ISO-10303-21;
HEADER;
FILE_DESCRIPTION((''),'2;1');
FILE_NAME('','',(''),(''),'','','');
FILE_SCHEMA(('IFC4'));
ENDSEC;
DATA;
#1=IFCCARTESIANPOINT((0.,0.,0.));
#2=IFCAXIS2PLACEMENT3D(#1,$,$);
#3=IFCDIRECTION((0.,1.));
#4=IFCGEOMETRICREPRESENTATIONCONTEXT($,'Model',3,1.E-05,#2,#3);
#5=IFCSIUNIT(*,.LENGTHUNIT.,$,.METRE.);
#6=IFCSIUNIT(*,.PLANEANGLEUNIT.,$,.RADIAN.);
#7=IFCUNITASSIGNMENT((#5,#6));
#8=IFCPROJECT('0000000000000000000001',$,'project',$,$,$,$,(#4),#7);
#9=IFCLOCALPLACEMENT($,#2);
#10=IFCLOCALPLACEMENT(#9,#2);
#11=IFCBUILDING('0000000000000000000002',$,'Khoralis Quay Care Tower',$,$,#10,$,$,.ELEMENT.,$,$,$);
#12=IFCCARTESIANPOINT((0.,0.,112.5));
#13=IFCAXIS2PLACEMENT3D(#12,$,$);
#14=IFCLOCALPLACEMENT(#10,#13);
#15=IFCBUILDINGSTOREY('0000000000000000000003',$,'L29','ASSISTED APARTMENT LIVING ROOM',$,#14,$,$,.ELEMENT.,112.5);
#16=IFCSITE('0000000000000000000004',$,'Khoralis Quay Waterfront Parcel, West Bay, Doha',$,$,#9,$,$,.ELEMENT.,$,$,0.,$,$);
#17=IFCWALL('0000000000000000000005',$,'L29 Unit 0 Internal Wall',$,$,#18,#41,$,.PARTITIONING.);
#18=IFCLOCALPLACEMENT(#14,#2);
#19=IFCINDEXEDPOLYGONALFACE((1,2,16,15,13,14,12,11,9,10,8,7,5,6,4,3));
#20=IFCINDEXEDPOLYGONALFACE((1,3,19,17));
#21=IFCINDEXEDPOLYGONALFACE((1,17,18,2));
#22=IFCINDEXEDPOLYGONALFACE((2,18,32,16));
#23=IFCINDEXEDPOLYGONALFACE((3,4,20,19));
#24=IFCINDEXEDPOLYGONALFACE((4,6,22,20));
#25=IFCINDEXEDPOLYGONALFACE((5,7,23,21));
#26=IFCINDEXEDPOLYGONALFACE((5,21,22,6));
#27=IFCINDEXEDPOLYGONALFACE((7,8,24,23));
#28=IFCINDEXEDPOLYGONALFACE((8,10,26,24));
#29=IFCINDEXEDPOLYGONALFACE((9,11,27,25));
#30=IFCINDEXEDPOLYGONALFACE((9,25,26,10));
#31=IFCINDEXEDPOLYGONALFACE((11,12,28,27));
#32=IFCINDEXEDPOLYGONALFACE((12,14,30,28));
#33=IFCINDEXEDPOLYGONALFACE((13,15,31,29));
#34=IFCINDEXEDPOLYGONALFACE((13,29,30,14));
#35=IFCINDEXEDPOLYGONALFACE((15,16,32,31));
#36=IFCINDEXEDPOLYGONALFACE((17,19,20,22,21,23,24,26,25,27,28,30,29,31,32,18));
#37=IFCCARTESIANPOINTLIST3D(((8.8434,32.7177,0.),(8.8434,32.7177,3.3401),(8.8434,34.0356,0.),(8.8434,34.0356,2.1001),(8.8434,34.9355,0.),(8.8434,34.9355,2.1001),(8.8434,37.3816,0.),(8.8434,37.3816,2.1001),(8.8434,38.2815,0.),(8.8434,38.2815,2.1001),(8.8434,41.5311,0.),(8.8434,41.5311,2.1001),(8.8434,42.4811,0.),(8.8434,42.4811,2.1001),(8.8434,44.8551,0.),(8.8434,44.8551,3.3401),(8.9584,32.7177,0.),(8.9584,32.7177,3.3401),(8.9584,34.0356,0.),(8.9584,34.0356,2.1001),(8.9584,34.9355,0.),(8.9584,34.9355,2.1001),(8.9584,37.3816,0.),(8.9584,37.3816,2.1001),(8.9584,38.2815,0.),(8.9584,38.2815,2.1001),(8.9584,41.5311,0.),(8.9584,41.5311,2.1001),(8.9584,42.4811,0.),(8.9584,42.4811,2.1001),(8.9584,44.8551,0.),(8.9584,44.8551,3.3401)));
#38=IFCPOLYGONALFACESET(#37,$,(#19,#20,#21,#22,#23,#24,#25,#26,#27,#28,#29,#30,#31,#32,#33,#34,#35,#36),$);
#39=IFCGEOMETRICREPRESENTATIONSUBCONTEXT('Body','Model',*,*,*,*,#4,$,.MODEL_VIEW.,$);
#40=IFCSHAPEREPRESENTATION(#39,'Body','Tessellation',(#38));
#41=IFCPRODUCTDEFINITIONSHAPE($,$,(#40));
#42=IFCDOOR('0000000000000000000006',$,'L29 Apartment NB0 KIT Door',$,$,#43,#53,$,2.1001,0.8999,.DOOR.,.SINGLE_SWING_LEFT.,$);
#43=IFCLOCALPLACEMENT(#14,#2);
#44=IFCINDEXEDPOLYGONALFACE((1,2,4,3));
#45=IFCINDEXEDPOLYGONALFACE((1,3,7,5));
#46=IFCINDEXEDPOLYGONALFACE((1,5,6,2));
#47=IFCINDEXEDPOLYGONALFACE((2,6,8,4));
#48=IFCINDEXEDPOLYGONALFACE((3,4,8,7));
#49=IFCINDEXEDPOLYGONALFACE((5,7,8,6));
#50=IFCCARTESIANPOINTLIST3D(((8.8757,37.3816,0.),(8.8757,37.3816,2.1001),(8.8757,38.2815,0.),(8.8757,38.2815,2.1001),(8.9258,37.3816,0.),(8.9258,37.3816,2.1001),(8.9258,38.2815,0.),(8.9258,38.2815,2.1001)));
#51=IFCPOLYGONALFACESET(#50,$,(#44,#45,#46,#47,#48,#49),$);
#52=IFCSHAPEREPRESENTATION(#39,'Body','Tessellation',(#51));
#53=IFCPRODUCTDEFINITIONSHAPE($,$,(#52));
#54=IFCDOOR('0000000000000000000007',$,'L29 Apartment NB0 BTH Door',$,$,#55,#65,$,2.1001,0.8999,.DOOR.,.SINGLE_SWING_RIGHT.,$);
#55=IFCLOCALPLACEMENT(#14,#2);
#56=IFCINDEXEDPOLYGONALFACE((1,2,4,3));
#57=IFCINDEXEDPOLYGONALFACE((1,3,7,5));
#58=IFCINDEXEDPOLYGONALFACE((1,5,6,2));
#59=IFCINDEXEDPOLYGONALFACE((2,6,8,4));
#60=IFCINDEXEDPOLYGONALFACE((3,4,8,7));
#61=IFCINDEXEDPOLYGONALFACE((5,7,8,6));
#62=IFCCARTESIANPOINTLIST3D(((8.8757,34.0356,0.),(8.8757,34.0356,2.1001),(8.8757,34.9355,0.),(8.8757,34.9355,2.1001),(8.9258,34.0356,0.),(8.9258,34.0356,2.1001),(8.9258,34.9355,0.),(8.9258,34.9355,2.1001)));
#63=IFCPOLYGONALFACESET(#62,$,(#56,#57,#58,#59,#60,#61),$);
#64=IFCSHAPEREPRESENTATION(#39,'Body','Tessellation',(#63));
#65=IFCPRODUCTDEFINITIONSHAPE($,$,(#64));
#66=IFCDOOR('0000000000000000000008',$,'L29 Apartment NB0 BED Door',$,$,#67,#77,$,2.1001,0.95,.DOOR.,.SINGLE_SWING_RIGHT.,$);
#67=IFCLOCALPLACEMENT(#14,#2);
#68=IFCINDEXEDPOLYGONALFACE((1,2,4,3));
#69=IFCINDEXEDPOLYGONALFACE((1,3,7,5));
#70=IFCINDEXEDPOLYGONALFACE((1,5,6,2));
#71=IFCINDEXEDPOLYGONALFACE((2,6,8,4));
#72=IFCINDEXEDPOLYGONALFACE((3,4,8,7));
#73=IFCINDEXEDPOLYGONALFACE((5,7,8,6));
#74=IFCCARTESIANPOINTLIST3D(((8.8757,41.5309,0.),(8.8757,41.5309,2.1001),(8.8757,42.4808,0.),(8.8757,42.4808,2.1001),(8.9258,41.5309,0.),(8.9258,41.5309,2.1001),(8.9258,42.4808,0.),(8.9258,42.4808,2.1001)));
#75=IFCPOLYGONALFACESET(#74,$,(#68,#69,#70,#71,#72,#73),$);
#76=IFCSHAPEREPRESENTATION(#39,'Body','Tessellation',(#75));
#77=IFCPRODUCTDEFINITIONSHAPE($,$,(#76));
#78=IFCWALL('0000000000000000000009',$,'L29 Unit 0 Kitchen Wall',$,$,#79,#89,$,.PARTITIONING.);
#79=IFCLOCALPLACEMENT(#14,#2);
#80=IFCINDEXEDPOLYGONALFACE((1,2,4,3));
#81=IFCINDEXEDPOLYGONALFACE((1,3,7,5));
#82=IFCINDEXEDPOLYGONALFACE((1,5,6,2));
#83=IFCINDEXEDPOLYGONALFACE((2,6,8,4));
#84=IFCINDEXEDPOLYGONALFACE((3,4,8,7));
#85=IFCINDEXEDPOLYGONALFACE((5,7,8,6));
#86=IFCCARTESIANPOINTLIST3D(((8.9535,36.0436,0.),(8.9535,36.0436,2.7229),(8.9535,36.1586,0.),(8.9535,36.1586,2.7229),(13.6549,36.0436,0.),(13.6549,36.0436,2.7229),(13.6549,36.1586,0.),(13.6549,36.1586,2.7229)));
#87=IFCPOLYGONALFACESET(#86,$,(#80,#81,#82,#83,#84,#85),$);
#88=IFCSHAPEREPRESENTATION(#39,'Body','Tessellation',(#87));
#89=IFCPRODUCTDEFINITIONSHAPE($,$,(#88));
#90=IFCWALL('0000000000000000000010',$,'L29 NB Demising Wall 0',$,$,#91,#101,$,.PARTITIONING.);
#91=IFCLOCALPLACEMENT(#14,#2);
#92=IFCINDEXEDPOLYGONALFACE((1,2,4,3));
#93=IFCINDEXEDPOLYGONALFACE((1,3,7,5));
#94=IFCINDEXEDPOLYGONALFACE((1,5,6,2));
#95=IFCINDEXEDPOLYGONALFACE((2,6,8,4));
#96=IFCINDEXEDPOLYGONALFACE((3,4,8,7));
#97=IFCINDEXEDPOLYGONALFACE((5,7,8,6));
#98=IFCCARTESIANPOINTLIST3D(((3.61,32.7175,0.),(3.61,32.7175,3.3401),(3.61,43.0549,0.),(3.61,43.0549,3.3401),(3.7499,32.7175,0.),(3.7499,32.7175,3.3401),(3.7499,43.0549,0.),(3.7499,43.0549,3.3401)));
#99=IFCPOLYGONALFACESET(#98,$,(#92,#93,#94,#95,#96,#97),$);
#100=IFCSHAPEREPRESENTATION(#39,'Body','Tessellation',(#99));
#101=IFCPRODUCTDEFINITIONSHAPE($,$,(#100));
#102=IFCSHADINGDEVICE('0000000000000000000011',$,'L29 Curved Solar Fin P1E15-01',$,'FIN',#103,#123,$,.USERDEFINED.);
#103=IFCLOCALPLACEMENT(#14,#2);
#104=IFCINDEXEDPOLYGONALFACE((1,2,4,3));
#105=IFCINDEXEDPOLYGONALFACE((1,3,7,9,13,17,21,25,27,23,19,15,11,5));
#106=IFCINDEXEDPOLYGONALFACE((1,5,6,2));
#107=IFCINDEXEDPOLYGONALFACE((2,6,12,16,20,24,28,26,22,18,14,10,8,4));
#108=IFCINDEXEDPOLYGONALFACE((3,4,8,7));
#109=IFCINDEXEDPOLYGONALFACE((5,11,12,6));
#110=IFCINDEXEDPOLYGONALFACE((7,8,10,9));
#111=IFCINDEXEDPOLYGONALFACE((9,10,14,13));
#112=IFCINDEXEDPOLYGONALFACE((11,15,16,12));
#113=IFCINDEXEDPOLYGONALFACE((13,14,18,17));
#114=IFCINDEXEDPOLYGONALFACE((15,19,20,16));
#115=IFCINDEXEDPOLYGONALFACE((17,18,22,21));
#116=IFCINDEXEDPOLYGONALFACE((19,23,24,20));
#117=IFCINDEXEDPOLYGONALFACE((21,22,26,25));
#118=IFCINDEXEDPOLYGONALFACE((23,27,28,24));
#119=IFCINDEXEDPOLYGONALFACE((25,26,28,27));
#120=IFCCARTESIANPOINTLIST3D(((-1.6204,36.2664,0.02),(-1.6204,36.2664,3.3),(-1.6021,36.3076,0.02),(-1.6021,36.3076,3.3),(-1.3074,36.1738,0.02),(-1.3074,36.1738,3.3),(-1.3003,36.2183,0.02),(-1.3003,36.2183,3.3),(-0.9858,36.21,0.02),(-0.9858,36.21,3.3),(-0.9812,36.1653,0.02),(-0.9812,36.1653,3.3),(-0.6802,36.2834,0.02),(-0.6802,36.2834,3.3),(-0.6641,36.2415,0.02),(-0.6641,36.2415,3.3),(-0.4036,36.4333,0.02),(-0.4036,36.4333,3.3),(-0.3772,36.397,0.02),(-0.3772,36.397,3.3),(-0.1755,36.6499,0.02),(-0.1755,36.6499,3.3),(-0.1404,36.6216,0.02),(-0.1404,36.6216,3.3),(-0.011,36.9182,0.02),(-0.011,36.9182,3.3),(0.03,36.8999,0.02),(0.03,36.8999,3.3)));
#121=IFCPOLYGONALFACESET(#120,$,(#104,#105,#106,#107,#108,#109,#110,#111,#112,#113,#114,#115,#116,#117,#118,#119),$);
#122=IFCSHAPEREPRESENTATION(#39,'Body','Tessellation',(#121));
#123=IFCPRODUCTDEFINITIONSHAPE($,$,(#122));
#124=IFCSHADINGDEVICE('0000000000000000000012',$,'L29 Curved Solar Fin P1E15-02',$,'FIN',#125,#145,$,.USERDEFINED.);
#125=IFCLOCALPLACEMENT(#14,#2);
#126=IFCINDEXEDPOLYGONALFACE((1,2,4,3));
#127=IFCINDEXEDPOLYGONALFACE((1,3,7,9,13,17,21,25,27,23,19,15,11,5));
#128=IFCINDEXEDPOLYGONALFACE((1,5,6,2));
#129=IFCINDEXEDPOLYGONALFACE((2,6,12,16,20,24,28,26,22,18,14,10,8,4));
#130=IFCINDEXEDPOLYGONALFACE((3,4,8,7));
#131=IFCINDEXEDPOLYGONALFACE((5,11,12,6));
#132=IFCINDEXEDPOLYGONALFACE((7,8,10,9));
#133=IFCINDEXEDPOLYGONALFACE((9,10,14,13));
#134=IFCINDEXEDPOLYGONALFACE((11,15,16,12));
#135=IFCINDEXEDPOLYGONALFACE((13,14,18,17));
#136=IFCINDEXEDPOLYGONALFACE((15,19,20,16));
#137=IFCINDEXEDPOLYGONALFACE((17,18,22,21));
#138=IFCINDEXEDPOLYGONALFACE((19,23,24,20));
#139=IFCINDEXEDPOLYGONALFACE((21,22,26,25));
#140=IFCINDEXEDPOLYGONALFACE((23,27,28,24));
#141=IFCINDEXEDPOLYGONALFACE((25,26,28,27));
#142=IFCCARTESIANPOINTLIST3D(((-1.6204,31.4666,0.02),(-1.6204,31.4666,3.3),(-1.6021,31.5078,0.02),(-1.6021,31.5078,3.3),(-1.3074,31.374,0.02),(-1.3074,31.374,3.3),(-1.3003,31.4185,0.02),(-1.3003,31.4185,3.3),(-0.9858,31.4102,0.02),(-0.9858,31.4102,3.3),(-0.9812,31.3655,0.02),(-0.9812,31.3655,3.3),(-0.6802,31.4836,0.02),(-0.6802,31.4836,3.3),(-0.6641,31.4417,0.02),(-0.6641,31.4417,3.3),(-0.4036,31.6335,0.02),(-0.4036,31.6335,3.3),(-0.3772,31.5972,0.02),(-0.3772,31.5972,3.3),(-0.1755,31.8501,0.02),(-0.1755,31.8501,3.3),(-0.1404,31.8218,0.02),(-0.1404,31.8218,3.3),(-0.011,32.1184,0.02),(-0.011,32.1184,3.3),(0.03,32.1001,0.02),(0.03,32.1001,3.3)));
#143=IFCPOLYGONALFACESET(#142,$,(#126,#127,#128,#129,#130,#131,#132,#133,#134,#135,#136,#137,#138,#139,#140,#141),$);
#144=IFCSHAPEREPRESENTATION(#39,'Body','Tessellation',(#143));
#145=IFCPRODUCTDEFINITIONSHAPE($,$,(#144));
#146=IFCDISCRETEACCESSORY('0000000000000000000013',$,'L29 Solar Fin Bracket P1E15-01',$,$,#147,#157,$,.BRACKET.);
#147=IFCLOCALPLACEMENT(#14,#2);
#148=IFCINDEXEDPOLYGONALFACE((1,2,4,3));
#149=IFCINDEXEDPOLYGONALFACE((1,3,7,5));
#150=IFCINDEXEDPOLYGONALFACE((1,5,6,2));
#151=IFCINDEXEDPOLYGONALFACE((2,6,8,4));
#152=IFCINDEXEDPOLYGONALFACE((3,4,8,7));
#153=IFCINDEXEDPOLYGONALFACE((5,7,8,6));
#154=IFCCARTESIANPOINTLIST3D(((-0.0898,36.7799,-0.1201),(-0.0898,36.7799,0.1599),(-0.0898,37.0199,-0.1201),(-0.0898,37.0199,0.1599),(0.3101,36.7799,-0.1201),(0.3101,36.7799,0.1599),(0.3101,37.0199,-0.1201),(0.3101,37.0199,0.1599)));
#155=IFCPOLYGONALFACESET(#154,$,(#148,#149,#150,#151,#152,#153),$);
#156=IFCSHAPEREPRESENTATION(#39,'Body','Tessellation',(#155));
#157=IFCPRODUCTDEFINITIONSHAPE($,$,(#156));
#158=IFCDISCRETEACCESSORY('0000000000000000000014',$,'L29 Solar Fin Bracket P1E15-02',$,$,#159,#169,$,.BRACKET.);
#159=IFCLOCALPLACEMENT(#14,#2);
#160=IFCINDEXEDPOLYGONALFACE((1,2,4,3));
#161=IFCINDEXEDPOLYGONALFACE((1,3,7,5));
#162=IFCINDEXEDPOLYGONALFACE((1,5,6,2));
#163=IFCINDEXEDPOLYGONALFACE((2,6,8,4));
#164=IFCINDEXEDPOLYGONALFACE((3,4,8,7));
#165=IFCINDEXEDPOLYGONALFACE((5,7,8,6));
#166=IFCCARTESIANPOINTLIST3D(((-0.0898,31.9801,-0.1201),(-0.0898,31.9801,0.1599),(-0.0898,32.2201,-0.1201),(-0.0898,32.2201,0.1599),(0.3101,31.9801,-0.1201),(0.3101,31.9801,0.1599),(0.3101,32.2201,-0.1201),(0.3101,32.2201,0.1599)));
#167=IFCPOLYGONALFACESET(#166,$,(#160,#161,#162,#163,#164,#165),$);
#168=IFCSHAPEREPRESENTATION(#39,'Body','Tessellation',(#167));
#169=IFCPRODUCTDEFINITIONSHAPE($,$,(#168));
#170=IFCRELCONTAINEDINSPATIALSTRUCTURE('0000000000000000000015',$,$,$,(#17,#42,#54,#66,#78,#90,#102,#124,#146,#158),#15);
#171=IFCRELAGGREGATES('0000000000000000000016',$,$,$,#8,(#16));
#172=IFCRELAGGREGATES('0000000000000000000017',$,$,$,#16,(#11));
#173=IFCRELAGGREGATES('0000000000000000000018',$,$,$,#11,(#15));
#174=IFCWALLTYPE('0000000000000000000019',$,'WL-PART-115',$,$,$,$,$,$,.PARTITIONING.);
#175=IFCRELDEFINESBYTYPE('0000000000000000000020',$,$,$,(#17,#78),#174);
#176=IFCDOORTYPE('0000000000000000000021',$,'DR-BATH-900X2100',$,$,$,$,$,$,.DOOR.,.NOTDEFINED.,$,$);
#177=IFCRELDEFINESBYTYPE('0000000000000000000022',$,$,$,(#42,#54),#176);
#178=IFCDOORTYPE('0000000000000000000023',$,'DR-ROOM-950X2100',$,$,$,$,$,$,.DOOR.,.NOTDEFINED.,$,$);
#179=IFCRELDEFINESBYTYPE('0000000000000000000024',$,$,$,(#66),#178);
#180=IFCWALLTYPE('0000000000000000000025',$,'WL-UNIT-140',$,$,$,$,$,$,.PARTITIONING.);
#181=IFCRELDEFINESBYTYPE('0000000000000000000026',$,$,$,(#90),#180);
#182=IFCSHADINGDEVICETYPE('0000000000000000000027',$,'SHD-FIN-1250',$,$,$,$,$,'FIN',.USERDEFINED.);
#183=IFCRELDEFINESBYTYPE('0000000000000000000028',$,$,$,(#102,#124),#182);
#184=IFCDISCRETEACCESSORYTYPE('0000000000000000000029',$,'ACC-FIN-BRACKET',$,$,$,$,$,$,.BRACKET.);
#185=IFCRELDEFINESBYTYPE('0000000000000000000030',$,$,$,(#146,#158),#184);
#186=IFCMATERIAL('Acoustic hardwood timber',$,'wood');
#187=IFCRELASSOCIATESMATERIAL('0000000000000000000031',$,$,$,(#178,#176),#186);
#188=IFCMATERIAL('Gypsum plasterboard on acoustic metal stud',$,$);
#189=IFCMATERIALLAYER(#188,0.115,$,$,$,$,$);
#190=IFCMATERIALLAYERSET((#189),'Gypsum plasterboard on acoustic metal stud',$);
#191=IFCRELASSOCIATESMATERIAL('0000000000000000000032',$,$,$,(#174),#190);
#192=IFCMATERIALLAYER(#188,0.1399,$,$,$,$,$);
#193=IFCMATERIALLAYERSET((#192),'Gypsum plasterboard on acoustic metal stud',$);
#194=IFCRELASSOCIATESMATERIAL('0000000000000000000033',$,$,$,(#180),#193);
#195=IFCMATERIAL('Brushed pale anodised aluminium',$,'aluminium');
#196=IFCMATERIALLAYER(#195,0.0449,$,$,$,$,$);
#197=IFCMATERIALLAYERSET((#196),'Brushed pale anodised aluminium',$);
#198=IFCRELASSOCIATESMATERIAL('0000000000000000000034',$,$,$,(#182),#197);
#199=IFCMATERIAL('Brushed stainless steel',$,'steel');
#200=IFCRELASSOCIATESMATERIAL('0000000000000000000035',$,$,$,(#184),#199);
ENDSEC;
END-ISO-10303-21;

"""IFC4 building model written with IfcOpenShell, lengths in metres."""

from ifc_helpers import new_model, si_unit, direction, frame, frame_2d, origin, origin_2d, place, context, subcontext, project, spatial, polyline, rectangle, outline, extrude, source, transform, mapped, material, layer, layer_set, type_object, element, fill, save


model = new_model("IFC4")

# Units and contexts
model_context = context("Model", 3, precision=1e-05, world=origin(), true_north=direction((0.0, 1.0)))
body_context = subcontext(model_context, "Body", "Model", "MODEL_VIEW")
ifc_project = project(units=[si_unit("LENGTHUNIT", "METRE"), si_unit("PLANEANGLEUNIT", "RADIAN")], contexts=[model_context])

# Site, building, storey
site_placement = place(None, origin())
site = spatial("IfcSite", under=ifc_project, at=site_placement, Name="Khoralis Quay Waterfront Parcel, West Bay, Doha", CompositionType="ELEMENT", RefElevation=0.0)
building_placement = place(site_placement, origin())
building = spatial("IfcBuilding", under=site, at=building_placement, Name="Khoralis Quay Care Tower", CompositionType="ELEMENT")
storey_placement = place(building_placement, frame((0.0, 0.0, 112.5)))
storey = spatial("IfcBuildingStorey", under=building, at=storey_placement, Name="L29", Description="ASSISTED APARTMENT LIVING ROOM", CompositionType="ELEMENT", Elevation=112.5)

# Wall, openings, doors
ifc_material_1 = material(Name="Gypsum plasterboard on acoustic metal stud")
ifc_material_2 = material(Name="Acoustic hardwood timber", Category="wood")
door_type_1 = type_object("IfcDoorType", Name="DR-ROOM-950X2100", OperationType="NOTDEFINED", PredefinedType="DOOR", material=ifc_material_2)
shared_shape_1 = source(origin(), body_context, "Body", "SweptSolid", [
    extrude(rectangle(XDim=0.95, YDim=2.1001, at=frame_2d((0.4751, 1.05))), frame((0.0, 0.0249, 0.0), z_axis=(0.0, -1.0, 0.0), x_axis=(1.0, 0.0, 0.0)), (0.0, 0.0, 1.0), 0.05),
])
ifc_layer_1 = layer(ifc_material_1, 0.115)
ifc_layer_set_1 = layer_set([ifc_layer_1], Name="Gypsum plasterboard on acoustic metal stud")
wall_type_1 = type_object("IfcWallType", Name="WL-PART-115", PredefinedType="PARTITIONING", material=ifc_layer_set_1)
wall_1_placement = place(storey_placement, frame((8.9009, 32.7175, 0.0), z_axis=(0.0, 0.0, 1.0), x_axis=(0.0, 1.0, 0.0)))
wall_1 = element("IfcWall", 1, at=wall_1_placement, inside=storey, type_object=wall_type_1, Name="L29 Unit 0 Internal Wall", PredefinedType="PARTITIONING", context=body_context, shape_type="SweptSolid", body=[
    extrude(rectangle(XDim=12.1375, YDim=0.115, at=frame_2d((6.0688, 0.0))), origin(), (0.0, 0.0, 1.0), 3.3401),
])
opening_1_placement = place(wall_1_placement, frame((8.8135, 0.0, 0.0)))
opening_1 = element("IfcOpeningElement", 2, at=opening_1_placement, cuts=wall_1, PredefinedType="OPENING", context=body_context, shape_type="SweptSolid", body=[
    extrude(rectangle(XDim=0.95, YDim=2.1001, at=frame_2d((0.4751, 1.05))), frame((0.0, 0.0674, 0.0), z_axis=(0.0, -1.0, 0.0), x_axis=(1.0, 0.0, 0.0)), (0.0, 0.0, 1.0), 0.135),
])
opening_2_placement = place(wall_1_placement, frame((4.6641, 0.0, 0.0)))
opening_2 = element("IfcOpeningElement", 3, at=opening_2_placement, cuts=wall_1, PredefinedType="OPENING", context=body_context, shape_type="SweptSolid", body=[
    extrude(rectangle(XDim=0.8999, YDim=2.1001, at=frame_2d((0.45, 1.05))), frame((0.0, 0.0674, 0.0), z_axis=(0.0, -1.0, 0.0), x_axis=(1.0, 0.0, 0.0)), (0.0, 0.0, 1.0), 0.135),
])
opening_3_placement = place(wall_1_placement, frame((1.3181, 0.0, 0.0)))
opening_3 = element("IfcOpeningElement", 4, at=opening_3_placement, cuts=wall_1, PredefinedType="OPENING", context=body_context, shape_type="SweptSolid", body=[
    extrude(rectangle(XDim=0.8999, YDim=2.1001, at=frame_2d((0.45, 1.05))), frame((0.0, 0.0674, 0.0), z_axis=(0.0, -1.0, 0.0), x_axis=(1.0, 0.0, 0.0)), (0.0, 0.0, 1.0), 0.135),
])
door_type_2 = type_object("IfcDoorType", Name="DR-BATH-900X2100", OperationType="NOTDEFINED", PredefinedType="DOOR", material=ifc_material_2)
shared_shape_2 = source(origin(), body_context, "Body", "SweptSolid", [
    extrude(rectangle(XDim=0.8999, YDim=2.1001, at=frame_2d((0.45, 1.05))), frame((0.0, 0.0249, 0.0), z_axis=(0.0, -1.0, 0.0), x_axis=(1.0, 0.0, 0.0)), (0.0, 0.0, 1.0), 0.05),
])
door_1_placement = place(opening_2_placement, frame((0.8999, 0.0, 0.0), z_axis=(0.0, 0.0, 1.0), x_axis=(-1.0, 0.0, 0.0)))
door_1 = element("IfcDoor", 5, at=door_1_placement, inside=storey, type_object=door_type_2, Name="L29 Apartment NB0 KIT Door", OperationType="SINGLE_SWING_LEFT", OverallHeight=2.1001, OverallWidth=0.8999, PredefinedType="DOOR", context=body_context, shape_type="MappedRepresentation", body=[
    mapped(shared_shape_2, transform((0.0, 0.0, 0.0), scale=1.0)),
])
fill(opening_2, door_1)
door_2_placement = place(opening_3_placement, frame((0.8999, 0.0, 0.0), z_axis=(0.0, 0.0, 1.0), x_axis=(-1.0, 0.0, 0.0)))
door_2 = element("IfcDoor", 6, at=door_2_placement, inside=storey, type_object=door_type_2, Name="L29 Apartment NB0 BTH Door", OperationType="SINGLE_SWING_RIGHT", OverallHeight=2.1001, OverallWidth=0.8999, PredefinedType="DOOR", context=body_context, shape_type="MappedRepresentation", body=[
    mapped(shared_shape_2, transform((0.0, 0.0, 0.0), scale=1.0)),
])
fill(opening_3, door_2)
door_3_placement = place(opening_1_placement, frame((0.95, 0.0, 0.0), z_axis=(0.0, 0.0, 1.0), x_axis=(-1.0, 0.0, 0.0)))
door_3 = element("IfcDoor", 7, at=door_3_placement, inside=storey, type_object=door_type_1, Name="L29 Apartment NB0 BED Door", OperationType="SINGLE_SWING_RIGHT", OverallHeight=2.1001, OverallWidth=0.95, PredefinedType="DOOR", context=body_context, shape_type="MappedRepresentation", body=[
    mapped(shared_shape_1, transform((0.0, 0.0, 0.0), scale=1.0)),
])
fill(opening_1, door_3)

# Walls
wall_2_placement = place(storey_placement, frame((8.9536, 36.1011, 0.0), z_axis=(0.0, 0.0, 1.0), x_axis=(1.0, 0.0, 0.0)))
element("IfcWall", 8, at=wall_2_placement, inside=storey, type_object=wall_type_1, Name="L29 Unit 0 Kitchen Wall", PredefinedType="PARTITIONING", context=body_context, shape_type="SweptSolid", body=[
    extrude(rectangle(XDim=4.7014, YDim=0.115, at=frame_2d((2.3506, 0.0))), origin(), (0.0, 0.0, 1.0), 2.7229),
])
ifc_layer_2 = layer(ifc_material_1, 0.1399)
ifc_layer_set_2 = layer_set([ifc_layer_2], Name="Gypsum plasterboard on acoustic metal stud")
wall_type_2 = type_object("IfcWallType", Name="WL-UNIT-140", PredefinedType="PARTITIONING", material=ifc_layer_set_2)
wall_3_placement = place(storey_placement, frame((3.6799, 32.7175, 0.0), z_axis=(0.0, 0.0, 1.0), x_axis=(0.0, 1.0, 0.0)))
element("IfcWall", 9, at=wall_3_placement, inside=storey, type_object=wall_type_2, Name="L29 NB Demising Wall 0", PredefinedType="PARTITIONING", context=body_context, shape_type="SweptSolid", body=[
    extrude(rectangle(XDim=10.3374, YDim=0.1399, at=frame_2d((5.1687, 0.0))), origin(), (0.0, 0.0, 1.0), 3.3401),
])

# Shading devices
ifc_material_3 = material(Name="Brushed pale anodised aluminium", Category="aluminium")
ifc_layer_3 = layer(ifc_material_3, 0.0449)
ifc_layer_set_3 = layer_set([ifc_layer_3], Name="Brushed pale anodised aluminium")
shading_device_type = type_object("IfcShadingDeviceType", Name="SHD-FIN-1250", ElementType="FIN", PredefinedType="USERDEFINED", material=ifc_layer_set_3)
shared_shape_3 = source(origin(), body_context, "Body", "SweptSolid", [
    extrude(outline(polyline([(0.0, 0.0), (0.1704, 0.2783), (0.4072, 0.5029), (0.6941, 0.6584), (1.0112, 0.7346), (1.3374, 0.7261), (1.6504, 0.6335), (1.6321, 0.5923), (1.3303, 0.6816), (1.0159, 0.6899), (0.7102, 0.6165), (0.4336, 0.4666), (0.2056, 0.25), (0.041, -0.0183), (0.0, 0.0)])), origin(), (0.0, 0.0, 1.0), 3.28),
])
for number, where, z_axis, x_axis, name in (
    (10, (0.03, 36.8999, 0.02), (0.0, 0.0, 1.0), (-1.0, 0.0, 0.0), "L29 Curved Solar Fin P1E15-01"),
    (11, (0.03, 32.1001, 0.02), (0.0, 0.0, 1.0), (-1.0, 0.0, 0.0), "L29 Curved Solar Fin P1E15-02"),
):
    element("IfcShadingDevice", number, at=place(storey_placement, frame(where, z_axis=z_axis, x_axis=x_axis)), inside=storey, type_object=shading_device_type, Name=name, ObjectType="FIN", PredefinedType="USERDEFINED", context=body_context, shape_type="MappedRepresentation", body=[
        mapped(shared_shape_3, transform((0.0, 0.0, 0.0), scale=1.0)),
    ])

# Discrete accessories
ifc_material_4 = material(Name="Brushed stainless steel", Category="steel")
discrete_accessory_type = type_object("IfcDiscreteAccessoryType", Name="ACC-FIN-BRACKET", PredefinedType="BRACKET", material=ifc_material_4)
shared_shape_4 = source(origin(), body_context, "Body", "SweptSolid", [
    extrude(rectangle(XDim=0.3999, YDim=0.24, at=origin_2d()), origin(), (0.0, 0.0, 1.0), 0.28),
])
for number, where, z_axis, x_axis, name in (
    (12, (0.1101, 36.8999, -0.1201), (0.0, 0.0, 1.0), (-1.0, 0.0, 0.0), "L29 Solar Fin Bracket P1E15-01"),
    (13, (0.1101, 32.1001, -0.1201), (0.0, 0.0, 1.0), (-1.0, 0.0, 0.0), "L29 Solar Fin Bracket P1E15-02"),
):
    element("IfcDiscreteAccessory", number, at=place(storey_placement, frame(where, z_axis=z_axis, x_axis=x_axis)), inside=storey, type_object=discrete_accessory_type, Name=name, PredefinedType="BRACKET", context=body_context, shape_type="MappedRepresentation", body=[
        mapped(shared_shape_4, transform((0.0, 0.0, 0.0), scale=1.0)),
    ])

save(model, "model.ifc")
